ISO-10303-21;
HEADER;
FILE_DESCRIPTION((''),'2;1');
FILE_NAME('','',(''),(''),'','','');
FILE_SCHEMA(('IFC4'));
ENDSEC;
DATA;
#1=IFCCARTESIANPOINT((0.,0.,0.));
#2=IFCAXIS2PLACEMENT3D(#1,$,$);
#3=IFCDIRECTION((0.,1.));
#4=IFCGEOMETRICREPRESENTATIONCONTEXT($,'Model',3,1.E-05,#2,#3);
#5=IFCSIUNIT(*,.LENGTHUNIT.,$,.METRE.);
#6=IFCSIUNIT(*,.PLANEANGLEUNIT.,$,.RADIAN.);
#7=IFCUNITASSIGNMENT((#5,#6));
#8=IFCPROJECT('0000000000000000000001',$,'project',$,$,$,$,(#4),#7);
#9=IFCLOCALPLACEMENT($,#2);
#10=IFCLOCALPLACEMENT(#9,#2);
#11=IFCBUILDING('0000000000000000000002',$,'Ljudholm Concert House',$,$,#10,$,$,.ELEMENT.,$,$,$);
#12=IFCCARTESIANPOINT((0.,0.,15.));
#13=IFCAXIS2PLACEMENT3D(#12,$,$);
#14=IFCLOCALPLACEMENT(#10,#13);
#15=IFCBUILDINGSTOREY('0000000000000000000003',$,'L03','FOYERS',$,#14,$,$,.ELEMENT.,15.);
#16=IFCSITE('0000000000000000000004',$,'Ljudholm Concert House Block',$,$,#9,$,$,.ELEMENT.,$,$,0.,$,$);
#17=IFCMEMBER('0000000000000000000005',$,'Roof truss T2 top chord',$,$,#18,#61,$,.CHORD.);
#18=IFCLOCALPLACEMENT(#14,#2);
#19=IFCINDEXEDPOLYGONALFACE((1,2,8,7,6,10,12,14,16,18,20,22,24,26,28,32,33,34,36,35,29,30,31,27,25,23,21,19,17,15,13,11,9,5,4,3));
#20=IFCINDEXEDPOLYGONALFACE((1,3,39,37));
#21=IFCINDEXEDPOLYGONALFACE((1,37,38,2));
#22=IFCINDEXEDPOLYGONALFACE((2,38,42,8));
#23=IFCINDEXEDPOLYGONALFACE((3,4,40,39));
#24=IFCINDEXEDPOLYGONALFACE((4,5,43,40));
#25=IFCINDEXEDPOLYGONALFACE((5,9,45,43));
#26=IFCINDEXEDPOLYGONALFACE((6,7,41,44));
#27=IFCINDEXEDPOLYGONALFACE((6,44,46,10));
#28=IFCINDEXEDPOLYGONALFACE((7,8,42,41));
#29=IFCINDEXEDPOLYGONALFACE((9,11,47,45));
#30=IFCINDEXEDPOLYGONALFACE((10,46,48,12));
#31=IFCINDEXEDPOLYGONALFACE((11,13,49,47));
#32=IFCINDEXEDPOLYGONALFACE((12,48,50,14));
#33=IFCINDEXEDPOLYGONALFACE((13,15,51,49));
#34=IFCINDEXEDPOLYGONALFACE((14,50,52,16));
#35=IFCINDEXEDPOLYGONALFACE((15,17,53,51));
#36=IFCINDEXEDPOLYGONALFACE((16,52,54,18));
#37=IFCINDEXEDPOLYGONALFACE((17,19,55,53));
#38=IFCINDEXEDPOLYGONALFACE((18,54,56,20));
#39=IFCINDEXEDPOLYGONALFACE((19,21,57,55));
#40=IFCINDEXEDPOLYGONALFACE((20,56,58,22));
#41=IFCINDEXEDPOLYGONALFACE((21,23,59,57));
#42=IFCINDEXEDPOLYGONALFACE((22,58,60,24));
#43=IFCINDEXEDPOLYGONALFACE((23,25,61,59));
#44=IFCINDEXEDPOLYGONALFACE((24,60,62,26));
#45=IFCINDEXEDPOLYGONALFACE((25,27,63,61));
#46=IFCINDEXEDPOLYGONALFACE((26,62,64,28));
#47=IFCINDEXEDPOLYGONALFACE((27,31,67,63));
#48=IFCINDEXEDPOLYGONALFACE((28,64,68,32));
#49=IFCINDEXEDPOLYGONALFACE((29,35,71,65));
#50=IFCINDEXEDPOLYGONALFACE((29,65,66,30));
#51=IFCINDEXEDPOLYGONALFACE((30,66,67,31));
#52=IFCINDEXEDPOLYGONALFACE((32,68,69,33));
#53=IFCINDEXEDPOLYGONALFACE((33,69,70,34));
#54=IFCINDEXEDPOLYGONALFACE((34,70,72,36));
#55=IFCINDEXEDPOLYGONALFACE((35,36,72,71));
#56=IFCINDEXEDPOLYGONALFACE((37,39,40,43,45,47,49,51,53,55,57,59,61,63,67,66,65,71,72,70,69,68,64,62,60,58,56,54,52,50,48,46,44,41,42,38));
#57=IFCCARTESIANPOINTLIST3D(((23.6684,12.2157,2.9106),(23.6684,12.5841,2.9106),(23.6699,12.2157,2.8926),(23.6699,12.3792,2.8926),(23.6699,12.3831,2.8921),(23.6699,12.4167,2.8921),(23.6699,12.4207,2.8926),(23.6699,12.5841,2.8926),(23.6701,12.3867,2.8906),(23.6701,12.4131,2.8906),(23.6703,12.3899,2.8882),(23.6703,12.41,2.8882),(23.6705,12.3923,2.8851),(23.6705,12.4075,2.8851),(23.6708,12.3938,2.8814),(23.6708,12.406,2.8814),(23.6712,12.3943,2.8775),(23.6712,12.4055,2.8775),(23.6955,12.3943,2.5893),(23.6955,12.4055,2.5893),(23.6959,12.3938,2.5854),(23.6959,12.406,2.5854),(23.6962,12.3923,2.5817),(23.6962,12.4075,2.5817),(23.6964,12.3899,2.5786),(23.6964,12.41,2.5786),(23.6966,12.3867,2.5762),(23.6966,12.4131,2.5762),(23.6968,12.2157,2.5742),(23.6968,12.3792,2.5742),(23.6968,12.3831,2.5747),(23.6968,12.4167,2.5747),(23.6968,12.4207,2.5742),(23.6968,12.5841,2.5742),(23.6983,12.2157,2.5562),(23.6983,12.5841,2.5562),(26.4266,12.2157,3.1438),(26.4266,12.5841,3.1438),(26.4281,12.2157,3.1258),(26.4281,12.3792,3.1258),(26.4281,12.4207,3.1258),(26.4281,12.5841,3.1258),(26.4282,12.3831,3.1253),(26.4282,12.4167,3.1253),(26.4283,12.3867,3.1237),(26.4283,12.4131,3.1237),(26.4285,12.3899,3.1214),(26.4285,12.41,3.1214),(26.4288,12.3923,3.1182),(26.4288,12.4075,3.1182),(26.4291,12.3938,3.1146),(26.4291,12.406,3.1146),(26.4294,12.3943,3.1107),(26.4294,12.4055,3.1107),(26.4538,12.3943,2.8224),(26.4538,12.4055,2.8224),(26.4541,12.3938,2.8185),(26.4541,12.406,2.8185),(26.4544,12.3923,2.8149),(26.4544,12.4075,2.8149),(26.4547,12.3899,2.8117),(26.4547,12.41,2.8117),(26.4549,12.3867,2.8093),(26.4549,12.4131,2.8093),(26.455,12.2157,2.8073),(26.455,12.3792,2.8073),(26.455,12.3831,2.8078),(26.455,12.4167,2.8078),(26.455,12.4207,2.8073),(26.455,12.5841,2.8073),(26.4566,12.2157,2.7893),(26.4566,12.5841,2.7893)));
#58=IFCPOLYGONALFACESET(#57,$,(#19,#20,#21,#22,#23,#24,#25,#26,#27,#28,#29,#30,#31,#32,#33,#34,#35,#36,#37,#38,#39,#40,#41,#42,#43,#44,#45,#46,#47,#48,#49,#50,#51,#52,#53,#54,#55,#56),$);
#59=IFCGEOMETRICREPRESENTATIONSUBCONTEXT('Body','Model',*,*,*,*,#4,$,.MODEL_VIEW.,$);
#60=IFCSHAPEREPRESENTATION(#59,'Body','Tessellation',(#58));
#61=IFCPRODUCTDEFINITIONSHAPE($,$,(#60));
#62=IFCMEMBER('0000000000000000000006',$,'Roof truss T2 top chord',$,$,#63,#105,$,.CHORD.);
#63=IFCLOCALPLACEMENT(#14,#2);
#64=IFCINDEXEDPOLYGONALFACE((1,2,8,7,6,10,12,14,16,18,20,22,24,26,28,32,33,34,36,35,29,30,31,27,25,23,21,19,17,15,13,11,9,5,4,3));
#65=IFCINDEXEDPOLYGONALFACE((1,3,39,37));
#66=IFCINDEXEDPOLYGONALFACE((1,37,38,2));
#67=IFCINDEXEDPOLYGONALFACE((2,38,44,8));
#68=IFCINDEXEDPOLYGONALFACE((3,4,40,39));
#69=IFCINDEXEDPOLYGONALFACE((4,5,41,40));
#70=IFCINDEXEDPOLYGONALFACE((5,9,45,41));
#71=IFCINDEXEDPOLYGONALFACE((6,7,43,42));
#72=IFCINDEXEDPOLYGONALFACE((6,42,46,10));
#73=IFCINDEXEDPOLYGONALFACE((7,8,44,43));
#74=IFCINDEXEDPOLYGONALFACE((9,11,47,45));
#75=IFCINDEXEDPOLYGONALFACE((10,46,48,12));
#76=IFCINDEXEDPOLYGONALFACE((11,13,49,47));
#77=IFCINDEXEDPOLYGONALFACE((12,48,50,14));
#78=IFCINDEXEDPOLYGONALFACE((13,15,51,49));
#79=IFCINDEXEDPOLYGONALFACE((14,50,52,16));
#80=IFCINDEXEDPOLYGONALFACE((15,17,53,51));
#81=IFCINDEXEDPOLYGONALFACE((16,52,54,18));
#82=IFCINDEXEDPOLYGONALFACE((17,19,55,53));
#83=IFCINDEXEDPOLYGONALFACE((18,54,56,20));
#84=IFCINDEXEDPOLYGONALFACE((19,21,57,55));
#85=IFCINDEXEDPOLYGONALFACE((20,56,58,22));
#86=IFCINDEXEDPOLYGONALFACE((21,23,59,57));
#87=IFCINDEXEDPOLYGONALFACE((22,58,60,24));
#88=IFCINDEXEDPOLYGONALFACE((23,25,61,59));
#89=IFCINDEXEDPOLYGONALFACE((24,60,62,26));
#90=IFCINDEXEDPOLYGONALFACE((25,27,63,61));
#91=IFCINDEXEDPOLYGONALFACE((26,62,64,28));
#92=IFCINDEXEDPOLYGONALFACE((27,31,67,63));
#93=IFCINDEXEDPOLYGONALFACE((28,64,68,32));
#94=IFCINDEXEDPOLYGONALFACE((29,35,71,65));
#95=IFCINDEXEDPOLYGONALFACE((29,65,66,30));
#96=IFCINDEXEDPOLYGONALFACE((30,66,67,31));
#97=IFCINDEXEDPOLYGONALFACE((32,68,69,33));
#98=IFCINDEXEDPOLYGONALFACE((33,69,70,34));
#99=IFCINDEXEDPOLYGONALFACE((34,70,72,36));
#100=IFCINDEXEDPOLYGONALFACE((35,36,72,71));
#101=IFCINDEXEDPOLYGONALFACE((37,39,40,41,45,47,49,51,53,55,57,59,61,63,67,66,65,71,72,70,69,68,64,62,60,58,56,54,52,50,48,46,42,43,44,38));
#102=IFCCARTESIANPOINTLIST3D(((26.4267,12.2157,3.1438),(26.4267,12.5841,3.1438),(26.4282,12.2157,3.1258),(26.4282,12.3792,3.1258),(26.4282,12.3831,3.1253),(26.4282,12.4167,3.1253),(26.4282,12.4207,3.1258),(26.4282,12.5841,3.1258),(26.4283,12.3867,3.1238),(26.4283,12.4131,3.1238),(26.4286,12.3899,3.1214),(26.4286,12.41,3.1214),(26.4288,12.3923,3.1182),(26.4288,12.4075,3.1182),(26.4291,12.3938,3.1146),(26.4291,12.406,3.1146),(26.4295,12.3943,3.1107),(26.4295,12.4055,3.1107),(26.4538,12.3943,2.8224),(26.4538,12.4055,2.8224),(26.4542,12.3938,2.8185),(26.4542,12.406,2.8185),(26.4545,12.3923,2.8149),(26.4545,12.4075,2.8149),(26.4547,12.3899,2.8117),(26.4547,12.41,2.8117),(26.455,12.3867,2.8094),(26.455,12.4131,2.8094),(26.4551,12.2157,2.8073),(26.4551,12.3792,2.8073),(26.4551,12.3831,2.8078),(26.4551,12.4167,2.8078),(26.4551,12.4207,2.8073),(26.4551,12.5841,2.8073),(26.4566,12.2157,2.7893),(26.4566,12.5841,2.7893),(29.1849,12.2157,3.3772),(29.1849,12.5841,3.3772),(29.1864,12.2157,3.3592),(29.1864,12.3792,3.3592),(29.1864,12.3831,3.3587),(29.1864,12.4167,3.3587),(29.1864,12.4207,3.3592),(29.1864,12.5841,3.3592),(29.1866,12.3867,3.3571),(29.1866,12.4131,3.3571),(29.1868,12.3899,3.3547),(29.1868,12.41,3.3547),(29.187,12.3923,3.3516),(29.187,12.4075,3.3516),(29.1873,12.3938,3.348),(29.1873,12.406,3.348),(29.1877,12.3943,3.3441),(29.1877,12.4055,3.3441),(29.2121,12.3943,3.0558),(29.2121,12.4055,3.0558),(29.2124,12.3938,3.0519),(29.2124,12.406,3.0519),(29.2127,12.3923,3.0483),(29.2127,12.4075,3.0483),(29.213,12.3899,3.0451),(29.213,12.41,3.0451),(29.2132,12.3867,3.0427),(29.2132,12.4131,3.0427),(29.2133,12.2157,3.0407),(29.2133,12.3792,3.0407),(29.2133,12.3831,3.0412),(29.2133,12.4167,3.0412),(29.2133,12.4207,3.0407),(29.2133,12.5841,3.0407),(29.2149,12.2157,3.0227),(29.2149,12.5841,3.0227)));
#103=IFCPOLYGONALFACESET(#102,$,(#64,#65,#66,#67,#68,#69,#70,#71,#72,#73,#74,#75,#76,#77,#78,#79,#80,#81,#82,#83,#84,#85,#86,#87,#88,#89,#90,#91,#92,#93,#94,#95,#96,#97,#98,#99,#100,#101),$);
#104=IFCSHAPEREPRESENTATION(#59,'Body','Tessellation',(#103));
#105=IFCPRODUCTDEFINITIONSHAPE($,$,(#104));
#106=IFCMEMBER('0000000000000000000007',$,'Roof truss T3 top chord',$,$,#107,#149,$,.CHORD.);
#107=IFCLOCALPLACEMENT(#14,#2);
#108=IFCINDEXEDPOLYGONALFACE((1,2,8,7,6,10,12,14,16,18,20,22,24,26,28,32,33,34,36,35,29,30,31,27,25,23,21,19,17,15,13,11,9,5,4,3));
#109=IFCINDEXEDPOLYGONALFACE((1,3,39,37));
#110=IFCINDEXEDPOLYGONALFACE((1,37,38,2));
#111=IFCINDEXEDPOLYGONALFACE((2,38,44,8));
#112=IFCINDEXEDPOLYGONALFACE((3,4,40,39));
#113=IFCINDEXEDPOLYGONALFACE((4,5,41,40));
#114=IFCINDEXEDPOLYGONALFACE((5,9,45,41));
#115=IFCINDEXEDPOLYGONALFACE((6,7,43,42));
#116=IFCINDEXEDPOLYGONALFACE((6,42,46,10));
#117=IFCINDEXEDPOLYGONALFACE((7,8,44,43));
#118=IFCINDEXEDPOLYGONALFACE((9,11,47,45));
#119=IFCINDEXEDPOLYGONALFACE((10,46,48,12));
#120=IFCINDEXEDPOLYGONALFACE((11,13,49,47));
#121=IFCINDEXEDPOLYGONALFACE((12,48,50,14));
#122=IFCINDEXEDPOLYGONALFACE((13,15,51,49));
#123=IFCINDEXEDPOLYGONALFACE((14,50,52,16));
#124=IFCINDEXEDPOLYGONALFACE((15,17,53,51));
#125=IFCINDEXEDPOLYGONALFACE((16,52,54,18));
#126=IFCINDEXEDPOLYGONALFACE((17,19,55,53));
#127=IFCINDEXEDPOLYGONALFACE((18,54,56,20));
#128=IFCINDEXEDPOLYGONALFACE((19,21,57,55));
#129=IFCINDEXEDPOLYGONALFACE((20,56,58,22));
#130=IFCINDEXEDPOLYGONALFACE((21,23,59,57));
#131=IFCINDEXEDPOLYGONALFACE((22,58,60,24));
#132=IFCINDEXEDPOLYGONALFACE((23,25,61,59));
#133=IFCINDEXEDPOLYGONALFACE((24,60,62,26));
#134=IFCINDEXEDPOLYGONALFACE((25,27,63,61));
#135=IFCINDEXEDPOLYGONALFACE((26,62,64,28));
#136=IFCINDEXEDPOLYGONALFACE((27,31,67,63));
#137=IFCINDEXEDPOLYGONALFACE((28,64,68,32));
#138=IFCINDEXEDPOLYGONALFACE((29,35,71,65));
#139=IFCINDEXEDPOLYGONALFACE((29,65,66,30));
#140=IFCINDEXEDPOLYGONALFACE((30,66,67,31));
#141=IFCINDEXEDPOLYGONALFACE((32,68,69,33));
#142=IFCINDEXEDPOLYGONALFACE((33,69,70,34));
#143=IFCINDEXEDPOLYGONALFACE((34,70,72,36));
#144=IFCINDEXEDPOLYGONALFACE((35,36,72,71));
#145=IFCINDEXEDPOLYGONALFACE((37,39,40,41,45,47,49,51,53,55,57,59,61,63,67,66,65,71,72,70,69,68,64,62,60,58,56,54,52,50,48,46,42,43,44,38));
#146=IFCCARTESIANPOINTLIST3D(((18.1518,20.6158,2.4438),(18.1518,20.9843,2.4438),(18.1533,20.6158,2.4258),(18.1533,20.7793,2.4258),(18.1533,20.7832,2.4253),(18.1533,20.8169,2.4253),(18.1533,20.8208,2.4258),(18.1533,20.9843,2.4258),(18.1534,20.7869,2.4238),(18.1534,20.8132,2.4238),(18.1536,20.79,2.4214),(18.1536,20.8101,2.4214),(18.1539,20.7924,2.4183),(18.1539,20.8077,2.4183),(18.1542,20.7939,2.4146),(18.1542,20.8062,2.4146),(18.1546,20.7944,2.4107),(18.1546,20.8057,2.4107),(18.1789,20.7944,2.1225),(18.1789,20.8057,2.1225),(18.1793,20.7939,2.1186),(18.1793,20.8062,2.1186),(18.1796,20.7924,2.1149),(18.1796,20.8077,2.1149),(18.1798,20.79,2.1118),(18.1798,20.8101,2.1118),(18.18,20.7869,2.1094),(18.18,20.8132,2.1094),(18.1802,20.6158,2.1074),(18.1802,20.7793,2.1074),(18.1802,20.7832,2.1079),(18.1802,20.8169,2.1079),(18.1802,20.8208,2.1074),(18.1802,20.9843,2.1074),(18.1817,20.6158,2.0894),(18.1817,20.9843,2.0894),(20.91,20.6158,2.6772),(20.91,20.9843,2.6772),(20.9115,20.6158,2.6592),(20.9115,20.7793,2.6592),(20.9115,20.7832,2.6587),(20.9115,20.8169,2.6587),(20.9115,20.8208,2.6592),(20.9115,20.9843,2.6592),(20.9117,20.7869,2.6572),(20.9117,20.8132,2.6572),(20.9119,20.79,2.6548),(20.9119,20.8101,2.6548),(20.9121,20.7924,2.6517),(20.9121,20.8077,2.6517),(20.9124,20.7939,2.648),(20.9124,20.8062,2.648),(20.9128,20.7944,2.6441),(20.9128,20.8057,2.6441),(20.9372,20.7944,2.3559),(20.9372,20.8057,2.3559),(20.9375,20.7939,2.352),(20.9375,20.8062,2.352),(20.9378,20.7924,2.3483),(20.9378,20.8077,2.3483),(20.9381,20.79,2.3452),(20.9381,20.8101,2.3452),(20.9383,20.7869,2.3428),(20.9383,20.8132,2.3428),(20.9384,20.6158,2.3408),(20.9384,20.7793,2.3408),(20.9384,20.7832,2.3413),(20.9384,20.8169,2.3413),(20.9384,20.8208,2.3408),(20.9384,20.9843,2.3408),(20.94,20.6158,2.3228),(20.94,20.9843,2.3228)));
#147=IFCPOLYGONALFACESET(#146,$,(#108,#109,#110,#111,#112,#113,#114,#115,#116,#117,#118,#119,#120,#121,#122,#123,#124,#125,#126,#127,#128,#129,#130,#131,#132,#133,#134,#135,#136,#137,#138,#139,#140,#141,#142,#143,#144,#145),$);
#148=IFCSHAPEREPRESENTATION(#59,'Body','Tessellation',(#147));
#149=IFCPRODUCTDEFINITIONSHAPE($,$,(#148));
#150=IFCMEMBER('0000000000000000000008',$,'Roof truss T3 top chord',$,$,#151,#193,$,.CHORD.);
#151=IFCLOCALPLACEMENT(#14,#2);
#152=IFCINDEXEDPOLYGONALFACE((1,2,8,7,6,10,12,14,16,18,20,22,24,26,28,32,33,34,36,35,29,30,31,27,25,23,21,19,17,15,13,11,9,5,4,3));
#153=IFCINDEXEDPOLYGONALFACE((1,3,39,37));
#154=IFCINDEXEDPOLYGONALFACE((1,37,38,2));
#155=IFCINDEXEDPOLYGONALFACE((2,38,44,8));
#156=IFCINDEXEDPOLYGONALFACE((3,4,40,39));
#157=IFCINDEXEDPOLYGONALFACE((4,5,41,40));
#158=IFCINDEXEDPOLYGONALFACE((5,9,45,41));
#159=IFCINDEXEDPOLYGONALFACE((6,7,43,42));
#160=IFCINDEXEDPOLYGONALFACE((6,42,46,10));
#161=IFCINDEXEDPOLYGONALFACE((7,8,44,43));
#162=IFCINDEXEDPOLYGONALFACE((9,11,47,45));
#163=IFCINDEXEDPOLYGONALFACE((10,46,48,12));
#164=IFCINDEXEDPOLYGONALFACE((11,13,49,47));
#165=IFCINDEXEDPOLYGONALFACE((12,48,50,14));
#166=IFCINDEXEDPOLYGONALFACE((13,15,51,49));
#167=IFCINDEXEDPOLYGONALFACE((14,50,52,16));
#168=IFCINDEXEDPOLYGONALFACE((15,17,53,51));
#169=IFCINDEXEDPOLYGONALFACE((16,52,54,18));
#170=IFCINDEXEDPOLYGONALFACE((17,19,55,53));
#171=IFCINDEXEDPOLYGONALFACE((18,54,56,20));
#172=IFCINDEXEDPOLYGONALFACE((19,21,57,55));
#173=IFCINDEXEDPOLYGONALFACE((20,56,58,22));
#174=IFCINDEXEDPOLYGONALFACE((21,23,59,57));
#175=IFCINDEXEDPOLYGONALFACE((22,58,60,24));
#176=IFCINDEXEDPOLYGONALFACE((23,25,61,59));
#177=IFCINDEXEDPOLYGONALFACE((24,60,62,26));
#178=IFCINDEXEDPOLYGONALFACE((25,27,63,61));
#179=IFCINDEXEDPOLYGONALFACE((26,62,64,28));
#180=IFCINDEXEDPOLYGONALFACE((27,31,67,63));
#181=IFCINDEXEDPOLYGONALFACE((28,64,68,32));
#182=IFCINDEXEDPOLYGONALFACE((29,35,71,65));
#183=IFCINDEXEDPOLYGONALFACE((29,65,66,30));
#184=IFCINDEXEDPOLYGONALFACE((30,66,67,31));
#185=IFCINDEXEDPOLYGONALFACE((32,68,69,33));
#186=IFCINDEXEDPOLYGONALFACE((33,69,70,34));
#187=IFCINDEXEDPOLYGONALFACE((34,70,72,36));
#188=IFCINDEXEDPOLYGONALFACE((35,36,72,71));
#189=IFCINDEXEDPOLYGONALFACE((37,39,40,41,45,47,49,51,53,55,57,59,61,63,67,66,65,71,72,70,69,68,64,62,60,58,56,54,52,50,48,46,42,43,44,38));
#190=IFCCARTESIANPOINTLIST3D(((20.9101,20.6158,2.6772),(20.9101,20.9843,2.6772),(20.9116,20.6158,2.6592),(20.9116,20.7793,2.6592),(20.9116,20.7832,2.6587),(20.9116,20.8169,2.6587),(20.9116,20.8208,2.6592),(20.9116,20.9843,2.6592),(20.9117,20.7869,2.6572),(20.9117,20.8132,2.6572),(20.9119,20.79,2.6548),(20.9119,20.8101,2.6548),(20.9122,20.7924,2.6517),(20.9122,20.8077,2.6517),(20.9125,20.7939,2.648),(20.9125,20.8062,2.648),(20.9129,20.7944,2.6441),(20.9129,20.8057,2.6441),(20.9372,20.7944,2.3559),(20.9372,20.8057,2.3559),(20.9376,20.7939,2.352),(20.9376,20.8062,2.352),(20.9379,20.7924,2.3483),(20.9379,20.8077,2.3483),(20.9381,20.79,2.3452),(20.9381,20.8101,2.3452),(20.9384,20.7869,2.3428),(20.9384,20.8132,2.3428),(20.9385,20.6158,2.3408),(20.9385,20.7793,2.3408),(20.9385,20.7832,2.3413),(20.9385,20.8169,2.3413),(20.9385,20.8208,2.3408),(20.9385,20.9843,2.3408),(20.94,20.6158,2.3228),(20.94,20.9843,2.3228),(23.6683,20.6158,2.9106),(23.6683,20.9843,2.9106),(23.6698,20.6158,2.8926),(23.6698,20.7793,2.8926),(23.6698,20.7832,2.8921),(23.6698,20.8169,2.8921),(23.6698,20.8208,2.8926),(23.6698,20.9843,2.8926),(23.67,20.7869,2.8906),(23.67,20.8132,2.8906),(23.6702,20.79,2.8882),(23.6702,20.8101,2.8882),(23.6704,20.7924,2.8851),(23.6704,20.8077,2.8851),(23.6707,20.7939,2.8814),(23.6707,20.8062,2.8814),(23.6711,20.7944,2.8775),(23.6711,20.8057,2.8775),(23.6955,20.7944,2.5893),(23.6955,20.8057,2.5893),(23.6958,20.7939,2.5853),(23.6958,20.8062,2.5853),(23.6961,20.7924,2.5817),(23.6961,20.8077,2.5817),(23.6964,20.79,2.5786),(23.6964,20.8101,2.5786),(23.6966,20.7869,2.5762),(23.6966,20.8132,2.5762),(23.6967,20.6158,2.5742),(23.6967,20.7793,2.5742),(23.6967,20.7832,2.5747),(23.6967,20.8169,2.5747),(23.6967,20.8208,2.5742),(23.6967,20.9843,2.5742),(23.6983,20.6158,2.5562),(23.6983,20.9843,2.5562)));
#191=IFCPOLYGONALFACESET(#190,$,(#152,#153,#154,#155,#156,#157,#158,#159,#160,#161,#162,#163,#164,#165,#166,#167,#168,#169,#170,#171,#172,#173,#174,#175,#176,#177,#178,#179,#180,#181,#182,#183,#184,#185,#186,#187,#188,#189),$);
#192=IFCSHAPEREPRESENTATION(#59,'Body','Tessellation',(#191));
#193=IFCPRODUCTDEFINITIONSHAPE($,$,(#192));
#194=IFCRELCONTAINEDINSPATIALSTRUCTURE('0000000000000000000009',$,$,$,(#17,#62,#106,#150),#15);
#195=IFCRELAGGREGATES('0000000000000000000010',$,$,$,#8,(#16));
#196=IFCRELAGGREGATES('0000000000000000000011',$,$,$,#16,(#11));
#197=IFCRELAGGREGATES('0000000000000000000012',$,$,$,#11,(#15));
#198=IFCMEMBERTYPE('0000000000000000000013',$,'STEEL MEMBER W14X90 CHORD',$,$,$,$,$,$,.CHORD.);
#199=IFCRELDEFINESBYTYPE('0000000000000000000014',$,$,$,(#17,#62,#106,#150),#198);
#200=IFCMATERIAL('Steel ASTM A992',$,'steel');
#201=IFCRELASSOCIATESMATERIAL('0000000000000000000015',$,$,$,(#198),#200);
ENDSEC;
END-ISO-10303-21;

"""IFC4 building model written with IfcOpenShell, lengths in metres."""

from ifc_helpers import new_model, si_unit, direction, frame, origin, origin_2d, place, context, subcontext, project, spatial, i_section, extrude, material, material_profile, profile_set, type_object, element, save


model = new_model("IFC4")

# Units and contexts
model_context = context("Model", 3, precision=1e-05, world=origin(), true_north=direction((0.0, 1.0)))
body_context = subcontext(model_context, "Body", "Model", "MODEL_VIEW")
ifc_project = project(units=[si_unit("LENGTHUNIT", "METRE"), si_unit("PLANEANGLEUNIT", "RADIAN")], contexts=[model_context])

# Site, building, storey
site_placement = place(None, origin())
site = spatial("IfcSite", under=ifc_project, at=site_placement, Name="Ljudholm Concert House Block", CompositionType="ELEMENT", RefElevation=0.0)
building_placement = place(site_placement, origin())
building = spatial("IfcBuilding", under=site, at=building_placement, Name="Ljudholm Concert House", CompositionType="ELEMENT")
storey_placement = place(building_placement, frame((0.0, 0.0, 15.0)))
storey = spatial("IfcBuildingStorey", under=building, at=storey_placement, Name="L03", Description="FOYERS", CompositionType="ELEMENT", Elevation=15.0)

# Members
ifc_material_1 = material(Name="Steel ASTM A992", Category="steel")
ifc_material_profile_1 = material_profile(ifc_material_1, i_section(OverallWidth=0.3684, OverallDepth=0.3557, WebThickness=0.0112, FlangeThickness=0.0181, FilletRadius=0.0151, at=origin_2d()), Name="W14X90")
ifc_profile_set_1 = profile_set([ifc_material_profile_1], Name="Steel ASTM A992")
member_type_1 = type_object("IfcMemberType", Name="STEEL MEMBER W14X90 CHORD", PredefinedType="CHORD", material=ifc_profile_set_1)
for number, where, z_axis, x_axis, name in (
    (1, (23.6833, 12.3999, 2.7334), (0.996447, 0.0, 0.084228), (0.0, 1.0, 0.0), "Roof truss T2 top chord"),
    (2, (26.4417, 12.3999, 2.9666), (0.996439, 0.0, 0.084315), (0.0, 1.0, 0.0), "Roof truss T2 top chord"),
    (3, (18.1667, 20.8, 2.2666), (0.996439, 0.0, 0.084315), (0.0, 1.0, 0.0), "Roof truss T3 top chord"),
    (4, (20.925, 20.8, 2.5), (0.996439, 0.0, 0.084315), (0.0, 1.0, 0.0), "Roof truss T3 top chord"),
):
    element("IfcMember", number, at=place(storey_placement, frame(where, z_axis=z_axis, x_axis=x_axis)), inside=storey, type_object=member_type_1, Name=name, PredefinedType="CHORD", context=body_context, shape_type="SweptSolid", body=[
        extrude(i_section(OverallWidth=0.3684, OverallDepth=0.3557, WebThickness=0.0112, FlangeThickness=0.0181, FilletRadius=0.0151, at=origin_2d()), origin(), (0.0, 0.0, 1.0), 2.7681),
    ])

save(model, "model.ifc")
